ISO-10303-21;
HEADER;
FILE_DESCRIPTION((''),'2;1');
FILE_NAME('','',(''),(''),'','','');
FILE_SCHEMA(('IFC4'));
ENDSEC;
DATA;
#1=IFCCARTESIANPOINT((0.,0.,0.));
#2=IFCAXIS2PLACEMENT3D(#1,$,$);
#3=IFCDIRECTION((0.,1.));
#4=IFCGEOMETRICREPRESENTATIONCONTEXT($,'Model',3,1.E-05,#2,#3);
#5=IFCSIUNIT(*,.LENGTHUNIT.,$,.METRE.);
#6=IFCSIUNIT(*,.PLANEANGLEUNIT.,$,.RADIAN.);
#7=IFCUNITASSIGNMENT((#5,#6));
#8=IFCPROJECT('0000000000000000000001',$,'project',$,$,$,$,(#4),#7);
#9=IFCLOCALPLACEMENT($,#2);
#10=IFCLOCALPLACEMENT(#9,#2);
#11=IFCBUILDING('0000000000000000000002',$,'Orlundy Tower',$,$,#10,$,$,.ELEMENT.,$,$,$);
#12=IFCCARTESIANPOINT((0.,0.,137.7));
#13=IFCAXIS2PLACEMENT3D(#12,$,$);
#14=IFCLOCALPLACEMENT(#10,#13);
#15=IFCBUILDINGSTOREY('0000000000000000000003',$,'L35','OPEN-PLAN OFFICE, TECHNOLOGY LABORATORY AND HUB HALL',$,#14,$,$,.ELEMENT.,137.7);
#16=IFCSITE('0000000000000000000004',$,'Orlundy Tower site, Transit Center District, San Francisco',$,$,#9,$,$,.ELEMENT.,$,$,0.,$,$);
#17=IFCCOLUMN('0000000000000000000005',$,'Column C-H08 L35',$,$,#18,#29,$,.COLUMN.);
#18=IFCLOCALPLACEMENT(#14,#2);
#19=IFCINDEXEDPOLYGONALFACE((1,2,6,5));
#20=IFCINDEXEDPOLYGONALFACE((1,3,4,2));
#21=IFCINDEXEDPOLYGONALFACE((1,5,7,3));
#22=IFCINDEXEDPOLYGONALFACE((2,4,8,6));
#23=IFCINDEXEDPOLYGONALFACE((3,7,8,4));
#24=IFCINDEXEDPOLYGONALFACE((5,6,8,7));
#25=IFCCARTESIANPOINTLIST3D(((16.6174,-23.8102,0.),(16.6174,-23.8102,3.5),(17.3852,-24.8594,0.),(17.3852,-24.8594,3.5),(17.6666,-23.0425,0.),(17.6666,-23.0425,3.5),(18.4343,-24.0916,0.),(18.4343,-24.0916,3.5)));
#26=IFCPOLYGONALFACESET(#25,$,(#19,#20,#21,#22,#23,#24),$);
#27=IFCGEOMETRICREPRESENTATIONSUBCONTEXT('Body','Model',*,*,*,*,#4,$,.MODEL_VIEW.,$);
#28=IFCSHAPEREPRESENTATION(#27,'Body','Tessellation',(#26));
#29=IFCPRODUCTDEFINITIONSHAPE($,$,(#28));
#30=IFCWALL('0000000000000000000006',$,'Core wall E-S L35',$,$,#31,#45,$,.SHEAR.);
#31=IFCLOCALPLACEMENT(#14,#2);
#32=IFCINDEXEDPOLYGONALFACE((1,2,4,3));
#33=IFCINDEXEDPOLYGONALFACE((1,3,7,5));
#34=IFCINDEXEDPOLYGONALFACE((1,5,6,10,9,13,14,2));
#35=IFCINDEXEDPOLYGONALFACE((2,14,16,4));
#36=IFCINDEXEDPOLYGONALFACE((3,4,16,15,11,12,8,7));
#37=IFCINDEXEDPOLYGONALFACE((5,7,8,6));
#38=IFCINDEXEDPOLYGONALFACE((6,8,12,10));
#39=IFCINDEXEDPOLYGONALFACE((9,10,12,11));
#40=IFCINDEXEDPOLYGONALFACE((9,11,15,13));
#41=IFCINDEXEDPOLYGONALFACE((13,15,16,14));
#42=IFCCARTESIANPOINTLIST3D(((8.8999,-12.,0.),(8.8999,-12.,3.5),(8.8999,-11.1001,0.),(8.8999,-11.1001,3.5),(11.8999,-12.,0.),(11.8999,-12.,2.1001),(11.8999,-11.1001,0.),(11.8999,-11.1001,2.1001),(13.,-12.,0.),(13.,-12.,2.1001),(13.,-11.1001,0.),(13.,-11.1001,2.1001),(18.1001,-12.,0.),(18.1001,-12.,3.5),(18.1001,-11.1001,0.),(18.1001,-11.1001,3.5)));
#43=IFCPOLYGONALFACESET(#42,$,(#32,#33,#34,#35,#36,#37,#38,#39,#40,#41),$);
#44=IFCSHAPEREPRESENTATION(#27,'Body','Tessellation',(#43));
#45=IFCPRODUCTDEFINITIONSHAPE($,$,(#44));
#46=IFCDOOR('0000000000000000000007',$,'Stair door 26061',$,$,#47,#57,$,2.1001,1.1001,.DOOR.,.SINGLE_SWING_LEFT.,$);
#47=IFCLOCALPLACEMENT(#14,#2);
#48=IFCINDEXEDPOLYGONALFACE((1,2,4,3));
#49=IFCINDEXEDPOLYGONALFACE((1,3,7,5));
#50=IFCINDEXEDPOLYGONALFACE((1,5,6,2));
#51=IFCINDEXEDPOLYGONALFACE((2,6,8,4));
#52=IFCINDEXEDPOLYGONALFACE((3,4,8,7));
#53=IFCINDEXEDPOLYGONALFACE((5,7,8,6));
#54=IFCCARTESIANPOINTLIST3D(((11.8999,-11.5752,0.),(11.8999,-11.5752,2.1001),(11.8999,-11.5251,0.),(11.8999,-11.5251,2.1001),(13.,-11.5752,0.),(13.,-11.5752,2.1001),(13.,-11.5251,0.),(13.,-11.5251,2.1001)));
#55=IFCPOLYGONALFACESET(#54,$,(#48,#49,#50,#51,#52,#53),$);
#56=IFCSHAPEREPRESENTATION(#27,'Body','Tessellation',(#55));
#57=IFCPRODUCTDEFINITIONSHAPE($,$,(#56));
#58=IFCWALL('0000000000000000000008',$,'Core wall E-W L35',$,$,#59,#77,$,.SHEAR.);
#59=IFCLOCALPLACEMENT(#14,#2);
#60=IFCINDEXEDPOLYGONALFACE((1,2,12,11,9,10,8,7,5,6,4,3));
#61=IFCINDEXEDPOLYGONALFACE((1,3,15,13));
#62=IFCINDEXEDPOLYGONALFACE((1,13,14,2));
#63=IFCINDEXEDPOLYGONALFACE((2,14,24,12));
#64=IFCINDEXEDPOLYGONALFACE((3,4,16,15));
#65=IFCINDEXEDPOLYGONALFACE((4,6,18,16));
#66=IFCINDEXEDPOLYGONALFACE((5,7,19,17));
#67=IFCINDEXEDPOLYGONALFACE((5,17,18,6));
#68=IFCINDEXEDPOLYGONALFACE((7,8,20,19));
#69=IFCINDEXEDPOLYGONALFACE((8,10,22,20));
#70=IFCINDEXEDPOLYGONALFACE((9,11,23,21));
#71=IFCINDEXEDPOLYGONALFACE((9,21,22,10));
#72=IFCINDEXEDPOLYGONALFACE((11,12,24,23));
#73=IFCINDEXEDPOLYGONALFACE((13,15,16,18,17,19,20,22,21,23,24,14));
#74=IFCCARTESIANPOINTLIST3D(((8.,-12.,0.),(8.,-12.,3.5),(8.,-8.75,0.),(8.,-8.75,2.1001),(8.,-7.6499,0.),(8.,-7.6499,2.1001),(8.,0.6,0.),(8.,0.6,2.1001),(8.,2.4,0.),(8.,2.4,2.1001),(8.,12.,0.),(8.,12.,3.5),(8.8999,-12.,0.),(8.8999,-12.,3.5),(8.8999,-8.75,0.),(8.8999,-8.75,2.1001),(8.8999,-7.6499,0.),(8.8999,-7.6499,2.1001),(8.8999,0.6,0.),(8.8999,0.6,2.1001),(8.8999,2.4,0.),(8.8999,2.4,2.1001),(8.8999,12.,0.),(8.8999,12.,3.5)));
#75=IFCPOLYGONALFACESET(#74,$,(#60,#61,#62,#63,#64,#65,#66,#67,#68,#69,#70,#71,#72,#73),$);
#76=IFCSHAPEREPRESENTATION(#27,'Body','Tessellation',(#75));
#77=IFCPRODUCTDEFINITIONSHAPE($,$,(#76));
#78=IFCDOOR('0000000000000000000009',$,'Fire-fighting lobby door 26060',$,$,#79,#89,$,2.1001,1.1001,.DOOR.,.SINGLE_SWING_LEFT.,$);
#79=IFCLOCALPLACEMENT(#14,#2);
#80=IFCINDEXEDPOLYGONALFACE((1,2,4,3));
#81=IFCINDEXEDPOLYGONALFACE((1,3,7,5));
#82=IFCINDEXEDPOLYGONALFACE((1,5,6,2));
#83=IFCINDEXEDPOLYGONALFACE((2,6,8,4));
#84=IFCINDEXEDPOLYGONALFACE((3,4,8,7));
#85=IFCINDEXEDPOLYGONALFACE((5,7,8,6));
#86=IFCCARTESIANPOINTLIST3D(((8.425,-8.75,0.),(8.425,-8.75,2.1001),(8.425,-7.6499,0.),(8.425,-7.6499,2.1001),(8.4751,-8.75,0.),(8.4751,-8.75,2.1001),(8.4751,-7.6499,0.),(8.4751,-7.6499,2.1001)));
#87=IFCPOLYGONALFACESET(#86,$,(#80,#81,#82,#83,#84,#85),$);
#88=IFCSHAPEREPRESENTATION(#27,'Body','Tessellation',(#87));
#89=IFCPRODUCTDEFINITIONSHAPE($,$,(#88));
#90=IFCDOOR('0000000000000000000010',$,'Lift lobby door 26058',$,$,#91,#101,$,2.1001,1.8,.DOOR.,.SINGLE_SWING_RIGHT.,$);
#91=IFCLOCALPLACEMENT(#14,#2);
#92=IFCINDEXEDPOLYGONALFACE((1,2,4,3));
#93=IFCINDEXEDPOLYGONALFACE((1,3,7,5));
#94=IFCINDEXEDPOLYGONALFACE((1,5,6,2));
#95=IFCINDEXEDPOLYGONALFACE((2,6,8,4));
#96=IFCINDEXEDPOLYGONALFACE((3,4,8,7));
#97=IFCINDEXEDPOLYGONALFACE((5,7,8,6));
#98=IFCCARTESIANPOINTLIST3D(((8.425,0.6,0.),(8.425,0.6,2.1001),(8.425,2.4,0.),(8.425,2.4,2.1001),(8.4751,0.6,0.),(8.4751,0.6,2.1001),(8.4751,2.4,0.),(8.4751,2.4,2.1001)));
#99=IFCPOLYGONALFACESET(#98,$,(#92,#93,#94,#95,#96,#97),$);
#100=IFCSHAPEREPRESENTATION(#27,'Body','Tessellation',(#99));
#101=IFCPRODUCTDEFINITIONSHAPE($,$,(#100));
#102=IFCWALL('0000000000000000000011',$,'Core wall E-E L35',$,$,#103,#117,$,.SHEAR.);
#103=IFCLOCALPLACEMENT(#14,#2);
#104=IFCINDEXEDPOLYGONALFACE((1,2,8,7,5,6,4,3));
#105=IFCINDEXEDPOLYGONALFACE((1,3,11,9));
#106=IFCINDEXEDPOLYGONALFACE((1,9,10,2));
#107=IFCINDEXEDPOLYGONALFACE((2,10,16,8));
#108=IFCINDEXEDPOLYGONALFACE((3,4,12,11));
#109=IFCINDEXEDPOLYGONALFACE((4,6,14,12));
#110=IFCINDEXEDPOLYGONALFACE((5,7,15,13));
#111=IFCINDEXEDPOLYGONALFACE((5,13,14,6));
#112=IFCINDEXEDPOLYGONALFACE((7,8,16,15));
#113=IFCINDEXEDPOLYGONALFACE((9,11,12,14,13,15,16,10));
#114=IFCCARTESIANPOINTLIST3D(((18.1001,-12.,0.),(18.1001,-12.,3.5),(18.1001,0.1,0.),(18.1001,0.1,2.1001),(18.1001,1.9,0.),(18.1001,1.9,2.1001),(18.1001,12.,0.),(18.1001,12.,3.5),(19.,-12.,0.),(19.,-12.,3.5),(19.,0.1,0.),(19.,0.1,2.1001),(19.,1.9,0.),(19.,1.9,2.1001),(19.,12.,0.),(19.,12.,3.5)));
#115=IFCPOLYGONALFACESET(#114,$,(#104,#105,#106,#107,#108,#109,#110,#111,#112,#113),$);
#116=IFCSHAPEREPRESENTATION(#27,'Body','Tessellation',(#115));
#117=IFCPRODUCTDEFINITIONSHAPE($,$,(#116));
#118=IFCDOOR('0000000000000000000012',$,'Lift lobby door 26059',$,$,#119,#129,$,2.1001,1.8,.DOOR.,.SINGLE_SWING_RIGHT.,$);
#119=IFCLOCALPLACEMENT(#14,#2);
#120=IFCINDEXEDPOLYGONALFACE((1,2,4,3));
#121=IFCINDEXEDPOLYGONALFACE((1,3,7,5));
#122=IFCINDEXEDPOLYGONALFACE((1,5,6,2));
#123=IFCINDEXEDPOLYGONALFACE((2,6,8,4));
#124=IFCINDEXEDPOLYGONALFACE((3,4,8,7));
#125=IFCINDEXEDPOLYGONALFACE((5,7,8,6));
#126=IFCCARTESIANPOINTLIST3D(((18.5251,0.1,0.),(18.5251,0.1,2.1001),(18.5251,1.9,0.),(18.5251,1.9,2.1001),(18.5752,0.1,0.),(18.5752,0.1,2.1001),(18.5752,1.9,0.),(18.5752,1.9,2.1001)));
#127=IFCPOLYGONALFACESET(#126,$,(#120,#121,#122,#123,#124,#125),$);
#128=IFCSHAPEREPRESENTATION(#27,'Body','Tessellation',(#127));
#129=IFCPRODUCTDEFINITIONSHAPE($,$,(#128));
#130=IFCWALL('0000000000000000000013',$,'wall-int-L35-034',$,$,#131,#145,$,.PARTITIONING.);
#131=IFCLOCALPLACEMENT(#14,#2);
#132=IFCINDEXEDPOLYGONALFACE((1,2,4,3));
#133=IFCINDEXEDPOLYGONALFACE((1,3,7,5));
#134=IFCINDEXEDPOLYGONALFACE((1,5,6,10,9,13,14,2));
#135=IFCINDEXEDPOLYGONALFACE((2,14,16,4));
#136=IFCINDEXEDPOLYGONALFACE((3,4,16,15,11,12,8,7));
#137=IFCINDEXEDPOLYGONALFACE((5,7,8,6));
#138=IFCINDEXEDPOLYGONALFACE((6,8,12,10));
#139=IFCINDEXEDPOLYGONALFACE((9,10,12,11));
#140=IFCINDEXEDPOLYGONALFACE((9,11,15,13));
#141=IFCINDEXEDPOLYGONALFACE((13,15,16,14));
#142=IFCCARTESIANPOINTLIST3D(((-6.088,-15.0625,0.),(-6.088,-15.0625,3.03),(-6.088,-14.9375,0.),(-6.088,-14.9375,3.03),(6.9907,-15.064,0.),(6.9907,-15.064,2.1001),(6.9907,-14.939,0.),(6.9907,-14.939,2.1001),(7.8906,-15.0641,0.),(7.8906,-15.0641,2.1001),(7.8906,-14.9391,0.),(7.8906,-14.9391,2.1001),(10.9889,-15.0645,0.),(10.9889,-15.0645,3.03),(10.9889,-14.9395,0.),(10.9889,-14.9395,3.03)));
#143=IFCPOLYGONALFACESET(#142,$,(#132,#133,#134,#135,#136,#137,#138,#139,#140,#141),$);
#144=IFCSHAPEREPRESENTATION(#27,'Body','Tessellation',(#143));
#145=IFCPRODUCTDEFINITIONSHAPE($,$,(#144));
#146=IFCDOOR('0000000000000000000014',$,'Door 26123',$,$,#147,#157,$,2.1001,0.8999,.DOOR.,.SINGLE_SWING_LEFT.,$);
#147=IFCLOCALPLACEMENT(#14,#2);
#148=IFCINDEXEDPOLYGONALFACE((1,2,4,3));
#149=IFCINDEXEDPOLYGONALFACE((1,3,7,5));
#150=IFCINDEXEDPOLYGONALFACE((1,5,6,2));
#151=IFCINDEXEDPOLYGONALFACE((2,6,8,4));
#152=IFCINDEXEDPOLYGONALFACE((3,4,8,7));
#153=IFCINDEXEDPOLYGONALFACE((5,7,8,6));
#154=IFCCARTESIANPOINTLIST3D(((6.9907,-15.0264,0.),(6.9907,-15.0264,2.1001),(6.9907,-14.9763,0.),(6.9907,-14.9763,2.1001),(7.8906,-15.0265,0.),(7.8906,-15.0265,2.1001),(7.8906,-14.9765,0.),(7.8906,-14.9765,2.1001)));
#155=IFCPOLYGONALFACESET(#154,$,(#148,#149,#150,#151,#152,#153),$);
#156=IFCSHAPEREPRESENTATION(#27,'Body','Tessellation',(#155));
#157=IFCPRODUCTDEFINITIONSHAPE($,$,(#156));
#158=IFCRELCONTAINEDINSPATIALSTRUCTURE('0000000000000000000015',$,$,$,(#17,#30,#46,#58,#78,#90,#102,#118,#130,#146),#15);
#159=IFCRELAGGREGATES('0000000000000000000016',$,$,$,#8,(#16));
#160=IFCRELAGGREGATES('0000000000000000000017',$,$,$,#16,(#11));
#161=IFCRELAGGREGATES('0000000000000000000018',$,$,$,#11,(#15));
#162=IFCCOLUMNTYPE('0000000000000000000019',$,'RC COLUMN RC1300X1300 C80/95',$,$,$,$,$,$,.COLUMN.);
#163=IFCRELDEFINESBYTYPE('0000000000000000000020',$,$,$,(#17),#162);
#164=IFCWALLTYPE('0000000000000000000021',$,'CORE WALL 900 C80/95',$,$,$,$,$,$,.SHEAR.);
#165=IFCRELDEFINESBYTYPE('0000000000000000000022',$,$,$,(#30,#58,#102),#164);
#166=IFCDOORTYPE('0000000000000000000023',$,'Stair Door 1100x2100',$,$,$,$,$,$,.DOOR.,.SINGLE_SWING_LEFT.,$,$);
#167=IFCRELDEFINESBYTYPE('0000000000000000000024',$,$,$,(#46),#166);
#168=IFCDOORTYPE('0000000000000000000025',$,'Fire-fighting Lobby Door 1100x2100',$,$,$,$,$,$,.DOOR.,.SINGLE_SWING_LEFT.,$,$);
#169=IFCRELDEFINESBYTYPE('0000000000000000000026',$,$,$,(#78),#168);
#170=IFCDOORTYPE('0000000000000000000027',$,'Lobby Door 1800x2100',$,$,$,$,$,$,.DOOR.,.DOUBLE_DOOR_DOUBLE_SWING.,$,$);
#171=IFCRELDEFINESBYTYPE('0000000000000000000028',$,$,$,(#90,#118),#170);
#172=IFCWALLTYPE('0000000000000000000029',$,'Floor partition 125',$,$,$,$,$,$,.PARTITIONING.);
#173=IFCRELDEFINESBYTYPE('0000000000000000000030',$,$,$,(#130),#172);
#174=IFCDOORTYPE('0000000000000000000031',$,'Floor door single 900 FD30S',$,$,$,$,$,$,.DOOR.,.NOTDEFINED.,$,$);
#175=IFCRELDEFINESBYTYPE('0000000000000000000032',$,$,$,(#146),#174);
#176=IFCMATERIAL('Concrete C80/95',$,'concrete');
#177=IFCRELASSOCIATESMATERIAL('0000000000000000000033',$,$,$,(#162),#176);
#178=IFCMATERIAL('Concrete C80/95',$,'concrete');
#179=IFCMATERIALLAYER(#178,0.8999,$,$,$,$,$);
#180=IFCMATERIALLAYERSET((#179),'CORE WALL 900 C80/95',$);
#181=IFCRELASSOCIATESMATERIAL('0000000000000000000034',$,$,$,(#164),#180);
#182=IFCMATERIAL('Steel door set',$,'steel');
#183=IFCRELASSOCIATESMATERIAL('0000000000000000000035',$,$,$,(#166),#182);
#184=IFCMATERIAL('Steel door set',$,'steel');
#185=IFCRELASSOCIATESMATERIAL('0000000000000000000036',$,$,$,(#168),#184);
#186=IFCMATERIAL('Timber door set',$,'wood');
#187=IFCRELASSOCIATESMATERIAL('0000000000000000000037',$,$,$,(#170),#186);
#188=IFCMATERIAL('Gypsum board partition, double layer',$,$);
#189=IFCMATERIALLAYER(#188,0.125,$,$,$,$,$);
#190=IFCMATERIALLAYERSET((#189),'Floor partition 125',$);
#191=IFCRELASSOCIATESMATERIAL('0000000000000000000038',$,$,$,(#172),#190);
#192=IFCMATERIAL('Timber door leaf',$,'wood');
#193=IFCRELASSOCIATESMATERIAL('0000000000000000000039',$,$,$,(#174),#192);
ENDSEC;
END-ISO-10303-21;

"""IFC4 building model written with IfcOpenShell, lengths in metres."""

from ifc_helpers import new_model, si_unit, direction, frame, frame_2d, origin, origin_2d, place, context, subcontext, project, spatial, rectangle, extrude, material, layer, layer_set, material_profile, profile_set, type_object, element, fill, save


model = new_model("IFC4")

# Units and contexts
model_context = context("Model", 3, precision=1e-05, world=origin(), true_north=direction((0.0, 1.0)))
body_context = subcontext(model_context, "Body", "Model", "MODEL_VIEW")
ifc_project = project(units=[si_unit("LENGTHUNIT", "METRE"), si_unit("PLANEANGLEUNIT", "RADIAN")], contexts=[model_context])

# Site, building, storey
site_placement = place(None, origin())
site = spatial("IfcSite", under=ifc_project, at=site_placement, Name="Orlundy Tower site, Transit Center District, San Francisco", CompositionType="ELEMENT", RefElevation=0.0)
building_placement = place(site_placement, origin())
building = spatial("IfcBuilding", under=site, at=building_placement, Name="Orlundy Tower", CompositionType="ELEMENT")
storey_placement = place(building_placement, frame((0.0, 0.0, 137.7)))
storey = spatial("IfcBuildingStorey", under=building, at=storey_placement, Name="L35", Description="OPEN-PLAN OFFICE, TECHNOLOGY LABORATORY AND HUB HALL", CompositionType="ELEMENT", Elevation=137.7)

# Column
ifc_material_1 = material(Name="Concrete C80/95", Category="concrete")
ifc_material_profile = material_profile(ifc_material_1, rectangle(XDim=1.3, YDim=1.3, at=origin_2d()), Name="RC1300X1300")
ifc_profile_set = profile_set([ifc_material_profile], Name="Concrete C80/95")
column_type = type_object("IfcColumnType", Name="RC COLUMN RC1300X1300 C80/95", PredefinedType="COLUMN", material=ifc_profile_set)
column_placement = place(storey_placement, frame((17.5259, -23.9509, 0.0), z_axis=(0.0, 0.0, 1.0), x_axis=(0.590535, -0.807012, 0.0)))
element("IfcColumn", 1, at=column_placement, inside=storey, type_object=column_type, Name="Column C-H08 L35", PredefinedType="COLUMN", context=body_context, shape_type="SweptSolid", body=[
    extrude(rectangle(XDim=1.3, YDim=1.3, at=origin_2d()), origin(), (0.0, 0.0, 1.0), 3.5),
])

# Wall, opening, door
ifc_material_2 = material(Name="Concrete C80/95", Category="concrete")
ifc_layer_1 = layer(ifc_material_2, 0.8999)
ifc_layer_set_1 = layer_set([ifc_layer_1], Name="CORE WALL 900 C80/95")
wall_type_1 = type_object("IfcWallType", Name="CORE WALL 900 C80/95", PredefinedType="SHEAR", material=ifc_layer_set_1)
wall_1_placement = place(storey_placement, frame((8.8999, -11.55, 0.0), z_axis=(0.0, 0.0, 1.0), x_axis=(1.0, 0.0, 0.0)))
wall_1 = element("IfcWall", 2, at=wall_1_placement, inside=storey, type_object=wall_type_1, Name="Core wall E-S L35", PredefinedType="SHEAR", context=body_context, shape_type="SweptSolid", body=[
    extrude(rectangle(XDim=9.2002, YDim=0.8999, at=frame_2d((4.6001, 0.0))), origin(), (0.0, 0.0, 1.0), 3.5),
])
opening_1_placement = place(wall_1_placement, frame((3.0, 0.0, 0.0)))
opening_1 = element("IfcOpeningElement", 3, at=opening_1_placement, cuts=wall_1, PredefinedType="OPENING", context=body_context, shape_type="SweptSolid", body=[
    extrude(rectangle(XDim=1.1001, YDim=2.1001, at=frame_2d((0.55, 1.05))), frame((0.0, 0.46, 0.0), z_axis=(0.0, -1.0, 0.0), x_axis=(1.0, 0.0, 0.0)), (0.0, 0.0, 1.0), 0.9199),
])
ifc_material_3 = material(Name="Steel door set", Category="steel")
door_type_1 = type_object("IfcDoorType", Name="Stair Door 1100x2100", OperationType="SINGLE_SWING_LEFT", PredefinedType="DOOR", material=ifc_material_3)
door_1_placement = place(opening_1_placement, origin())
door_1 = element("IfcDoor", 4, at=door_1_placement, inside=storey, type_object=door_type_1, Name="Stair door 26061", OperationType="SINGLE_SWING_LEFT", OverallHeight=2.1001, OverallWidth=1.1001, PredefinedType="DOOR", context=body_context, shape_type="SweptSolid", body=[
    extrude(rectangle(XDim=1.1001, YDim=2.1001, at=frame_2d((0.55, 1.05))), frame((0.0, 0.0249, 0.0), z_axis=(0.0, -1.0, 0.0), x_axis=(1.0, 0.0, 0.0)), (0.0, 0.0, 1.0), 0.05),
])
fill(opening_1, door_1)

# Wall, openings, doors
wall_2_placement = place(storey_placement, frame((8.45, -12.0, 0.0), z_axis=(0.0, 0.0, 1.0), x_axis=(0.0, 1.0, 0.0)))
wall_2 = element("IfcWall", 5, at=wall_2_placement, inside=storey, type_object=wall_type_1, Name="Core wall E-W L35", PredefinedType="SHEAR", context=body_context, shape_type="SweptSolid", body=[
    extrude(rectangle(XDim=24.0, YDim=0.8999, at=frame_2d((12.0, 0.0))), origin(), (0.0, 0.0, 1.0), 3.5),
])
opening_2_placement = place(wall_2_placement, frame((12.6001, 0.0, 0.0)))
opening_2 = element("IfcOpeningElement", 6, at=opening_2_placement, cuts=wall_2, PredefinedType="OPENING", context=body_context, shape_type="SweptSolid", body=[
    extrude(rectangle(XDim=1.8, YDim=2.1001, at=frame_2d((0.8999, 1.05))), frame((0.0, 0.46, 0.0), z_axis=(0.0, -1.0, 0.0), x_axis=(1.0, 0.0, 0.0)), (0.0, 0.0, 1.0), 0.9199),
])
opening_3_placement = place(wall_2_placement, frame((3.25, 0.0, 0.0)))
opening_3 = element("IfcOpeningElement", 7, at=opening_3_placement, cuts=wall_2, PredefinedType="OPENING", context=body_context, shape_type="SweptSolid", body=[
    extrude(rectangle(XDim=1.1001, YDim=2.1001, at=frame_2d((0.55, 1.05))), frame((0.0, 0.46, 0.0), z_axis=(0.0, -1.0, 0.0), x_axis=(1.0, 0.0, 0.0)), (0.0, 0.0, 1.0), 0.9199),
])
ifc_material_4 = material(Name="Steel door set", Category="steel")
door_type_2 = type_object("IfcDoorType", Name="Fire-fighting Lobby Door 1100x2100", OperationType="SINGLE_SWING_LEFT", PredefinedType="DOOR", material=ifc_material_4)
door_2_placement = place(opening_3_placement, origin())
door_2 = element("IfcDoor", 8, at=door_2_placement, inside=storey, type_object=door_type_2, Name="Fire-fighting lobby door 26060", OperationType="SINGLE_SWING_LEFT", OverallHeight=2.1001, OverallWidth=1.1001, PredefinedType="DOOR", context=body_context, shape_type="SweptSolid", body=[
    extrude(rectangle(XDim=1.1001, YDim=2.1001, at=frame_2d((0.55, 1.05))), frame((0.0, 0.0249, 0.0), z_axis=(0.0, -1.0, 0.0), x_axis=(1.0, 0.0, 0.0)), (0.0, 0.0, 1.0), 0.05),
])
fill(opening_3, door_2)
ifc_material_5 = material(Name="Timber door set", Category="wood")
door_type_3 = type_object("IfcDoorType", Name="Lobby Door 1800x2100", OperationType="DOUBLE_DOOR_DOUBLE_SWING", PredefinedType="DOOR", material=ifc_material_5)
door_3_placement = place(opening_2_placement, origin())
door_3 = element("IfcDoor", 9, at=door_3_placement, inside=storey, type_object=door_type_3, Name="Lift lobby door 26058", OperationType="SINGLE_SWING_RIGHT", OverallHeight=2.1001, OverallWidth=1.8, PredefinedType="DOOR", context=body_context, shape_type="SweptSolid", body=[
    extrude(rectangle(XDim=1.8, YDim=2.1001, at=frame_2d((0.8999, 1.05))), frame((0.0, 0.0249, 0.0), z_axis=(0.0, -1.0, 0.0), x_axis=(1.0, 0.0, 0.0)), (0.0, 0.0, 1.0), 0.05),
])
fill(opening_2, door_3)

# Walls, openings, doors
wall_3_placement = place(storey_placement, frame((18.55, -12.0, 0.0), z_axis=(0.0, 0.0, 1.0), x_axis=(0.0, 1.0, 0.0)))
wall_3 = element("IfcWall", 10, at=wall_3_placement, inside=storey, type_object=wall_type_1, Name="Core wall E-E L35", PredefinedType="SHEAR", context=body_context, shape_type="SweptSolid", body=[
    extrude(rectangle(XDim=24.0, YDim=0.8999, at=frame_2d((12.0, 0.0))), origin(), (0.0, 0.0, 1.0), 3.5),
])
opening_4_placement = place(wall_3_placement, frame((12.1001, 0.0, 0.0)))
opening_4 = element("IfcOpeningElement", 11, at=opening_4_placement, cuts=wall_3, PredefinedType="OPENING", context=body_context, shape_type="SweptSolid", body=[
    extrude(rectangle(XDim=1.8, YDim=2.1001, at=frame_2d((0.8999, 1.05))), frame((0.0, 0.46, 0.0), z_axis=(0.0, -1.0, 0.0), x_axis=(1.0, 0.0, 0.0)), (0.0, 0.0, 1.0), 0.9199),
])
door_4_placement = place(opening_4_placement, origin())
door_4 = element("IfcDoor", 12, at=door_4_placement, inside=storey, type_object=door_type_3, Name="Lift lobby door 26059", OperationType="SINGLE_SWING_RIGHT", OverallHeight=2.1001, OverallWidth=1.8, PredefinedType="DOOR", context=body_context, shape_type="SweptSolid", body=[
    extrude(rectangle(XDim=1.8, YDim=2.1001, at=frame_2d((0.8999, 1.05))), frame((0.0, 0.0249, 0.0), z_axis=(0.0, -1.0, 0.0), x_axis=(1.0, 0.0, 0.0)), (0.0, 0.0, 1.0), 0.05),
])
fill(opening_4, door_4)
ifc_material_6 = material(Name="Gypsum board partition, double layer")
ifc_layer_2 = layer(ifc_material_6, 0.125)
ifc_layer_set_2 = layer_set([ifc_layer_2], Name="Floor partition 125")
wall_type_2 = type_object("IfcWallType", Name="Floor partition 125", PredefinedType="PARTITIONING", material=ifc_layer_set_2)
wall_4_placement = place(storey_placement, frame((10.989, -15.002, 0.0), z_axis=(0.0, 0.0, 1.0), x_axis=(-1.0, 0.000114, 0.0)))
wall_4 = element("IfcWall", 13, at=wall_4_placement, inside=storey, type_object=wall_type_2, Name="wall-int-L35-034", PredefinedType="PARTITIONING", context=body_context, shape_type="SweptSolid", body=[
    extrude(rectangle(XDim=17.0769, YDim=0.125, at=frame_2d((8.5386, 0.0))), origin(), (0.0, 0.0, 1.0), 3.03),
])
opening_5_placement = place(wall_4_placement, frame((3.0984, 0.0, 0.0)))
opening_5 = element("IfcOpeningElement", 14, at=opening_5_placement, cuts=wall_4, PredefinedType="OPENING", context=body_context, shape_type="SweptSolid", body=[
    extrude(rectangle(XDim=0.8999, YDim=2.1001, at=frame_2d((0.45, 1.05))), frame((0.0, 0.0725, 0.0), z_axis=(0.0, -1.0, 0.0), x_axis=(1.0, 0.0, 0.0)), (0.0, 0.0, 1.0), 0.145),
])
ifc_material_7 = material(Name="Timber door leaf", Category="wood")
door_type_4 = type_object("IfcDoorType", Name="Floor door single 900 FD30S", OperationType="NOTDEFINED", PredefinedType="DOOR", material=ifc_material_7)
door_5_placement = place(opening_5_placement, origin())
door_5 = element("IfcDoor", 15, at=door_5_placement, inside=storey, type_object=door_type_4, Name="Door 26123", OperationType="SINGLE_SWING_LEFT", OverallHeight=2.1001, OverallWidth=0.8999, PredefinedType="DOOR", context=body_context, shape_type="SweptSolid", body=[
    extrude(rectangle(XDim=0.8999, YDim=2.1001, at=frame_2d((0.45, 1.05))), frame((0.0, 0.0249, 0.0), z_axis=(0.0, -1.0, 0.0), x_axis=(1.0, 0.0, 0.0)), (0.0, 0.0, 1.0), 0.05),
])
fill(opening_5, door_5)

save(model, "model.ifc")
